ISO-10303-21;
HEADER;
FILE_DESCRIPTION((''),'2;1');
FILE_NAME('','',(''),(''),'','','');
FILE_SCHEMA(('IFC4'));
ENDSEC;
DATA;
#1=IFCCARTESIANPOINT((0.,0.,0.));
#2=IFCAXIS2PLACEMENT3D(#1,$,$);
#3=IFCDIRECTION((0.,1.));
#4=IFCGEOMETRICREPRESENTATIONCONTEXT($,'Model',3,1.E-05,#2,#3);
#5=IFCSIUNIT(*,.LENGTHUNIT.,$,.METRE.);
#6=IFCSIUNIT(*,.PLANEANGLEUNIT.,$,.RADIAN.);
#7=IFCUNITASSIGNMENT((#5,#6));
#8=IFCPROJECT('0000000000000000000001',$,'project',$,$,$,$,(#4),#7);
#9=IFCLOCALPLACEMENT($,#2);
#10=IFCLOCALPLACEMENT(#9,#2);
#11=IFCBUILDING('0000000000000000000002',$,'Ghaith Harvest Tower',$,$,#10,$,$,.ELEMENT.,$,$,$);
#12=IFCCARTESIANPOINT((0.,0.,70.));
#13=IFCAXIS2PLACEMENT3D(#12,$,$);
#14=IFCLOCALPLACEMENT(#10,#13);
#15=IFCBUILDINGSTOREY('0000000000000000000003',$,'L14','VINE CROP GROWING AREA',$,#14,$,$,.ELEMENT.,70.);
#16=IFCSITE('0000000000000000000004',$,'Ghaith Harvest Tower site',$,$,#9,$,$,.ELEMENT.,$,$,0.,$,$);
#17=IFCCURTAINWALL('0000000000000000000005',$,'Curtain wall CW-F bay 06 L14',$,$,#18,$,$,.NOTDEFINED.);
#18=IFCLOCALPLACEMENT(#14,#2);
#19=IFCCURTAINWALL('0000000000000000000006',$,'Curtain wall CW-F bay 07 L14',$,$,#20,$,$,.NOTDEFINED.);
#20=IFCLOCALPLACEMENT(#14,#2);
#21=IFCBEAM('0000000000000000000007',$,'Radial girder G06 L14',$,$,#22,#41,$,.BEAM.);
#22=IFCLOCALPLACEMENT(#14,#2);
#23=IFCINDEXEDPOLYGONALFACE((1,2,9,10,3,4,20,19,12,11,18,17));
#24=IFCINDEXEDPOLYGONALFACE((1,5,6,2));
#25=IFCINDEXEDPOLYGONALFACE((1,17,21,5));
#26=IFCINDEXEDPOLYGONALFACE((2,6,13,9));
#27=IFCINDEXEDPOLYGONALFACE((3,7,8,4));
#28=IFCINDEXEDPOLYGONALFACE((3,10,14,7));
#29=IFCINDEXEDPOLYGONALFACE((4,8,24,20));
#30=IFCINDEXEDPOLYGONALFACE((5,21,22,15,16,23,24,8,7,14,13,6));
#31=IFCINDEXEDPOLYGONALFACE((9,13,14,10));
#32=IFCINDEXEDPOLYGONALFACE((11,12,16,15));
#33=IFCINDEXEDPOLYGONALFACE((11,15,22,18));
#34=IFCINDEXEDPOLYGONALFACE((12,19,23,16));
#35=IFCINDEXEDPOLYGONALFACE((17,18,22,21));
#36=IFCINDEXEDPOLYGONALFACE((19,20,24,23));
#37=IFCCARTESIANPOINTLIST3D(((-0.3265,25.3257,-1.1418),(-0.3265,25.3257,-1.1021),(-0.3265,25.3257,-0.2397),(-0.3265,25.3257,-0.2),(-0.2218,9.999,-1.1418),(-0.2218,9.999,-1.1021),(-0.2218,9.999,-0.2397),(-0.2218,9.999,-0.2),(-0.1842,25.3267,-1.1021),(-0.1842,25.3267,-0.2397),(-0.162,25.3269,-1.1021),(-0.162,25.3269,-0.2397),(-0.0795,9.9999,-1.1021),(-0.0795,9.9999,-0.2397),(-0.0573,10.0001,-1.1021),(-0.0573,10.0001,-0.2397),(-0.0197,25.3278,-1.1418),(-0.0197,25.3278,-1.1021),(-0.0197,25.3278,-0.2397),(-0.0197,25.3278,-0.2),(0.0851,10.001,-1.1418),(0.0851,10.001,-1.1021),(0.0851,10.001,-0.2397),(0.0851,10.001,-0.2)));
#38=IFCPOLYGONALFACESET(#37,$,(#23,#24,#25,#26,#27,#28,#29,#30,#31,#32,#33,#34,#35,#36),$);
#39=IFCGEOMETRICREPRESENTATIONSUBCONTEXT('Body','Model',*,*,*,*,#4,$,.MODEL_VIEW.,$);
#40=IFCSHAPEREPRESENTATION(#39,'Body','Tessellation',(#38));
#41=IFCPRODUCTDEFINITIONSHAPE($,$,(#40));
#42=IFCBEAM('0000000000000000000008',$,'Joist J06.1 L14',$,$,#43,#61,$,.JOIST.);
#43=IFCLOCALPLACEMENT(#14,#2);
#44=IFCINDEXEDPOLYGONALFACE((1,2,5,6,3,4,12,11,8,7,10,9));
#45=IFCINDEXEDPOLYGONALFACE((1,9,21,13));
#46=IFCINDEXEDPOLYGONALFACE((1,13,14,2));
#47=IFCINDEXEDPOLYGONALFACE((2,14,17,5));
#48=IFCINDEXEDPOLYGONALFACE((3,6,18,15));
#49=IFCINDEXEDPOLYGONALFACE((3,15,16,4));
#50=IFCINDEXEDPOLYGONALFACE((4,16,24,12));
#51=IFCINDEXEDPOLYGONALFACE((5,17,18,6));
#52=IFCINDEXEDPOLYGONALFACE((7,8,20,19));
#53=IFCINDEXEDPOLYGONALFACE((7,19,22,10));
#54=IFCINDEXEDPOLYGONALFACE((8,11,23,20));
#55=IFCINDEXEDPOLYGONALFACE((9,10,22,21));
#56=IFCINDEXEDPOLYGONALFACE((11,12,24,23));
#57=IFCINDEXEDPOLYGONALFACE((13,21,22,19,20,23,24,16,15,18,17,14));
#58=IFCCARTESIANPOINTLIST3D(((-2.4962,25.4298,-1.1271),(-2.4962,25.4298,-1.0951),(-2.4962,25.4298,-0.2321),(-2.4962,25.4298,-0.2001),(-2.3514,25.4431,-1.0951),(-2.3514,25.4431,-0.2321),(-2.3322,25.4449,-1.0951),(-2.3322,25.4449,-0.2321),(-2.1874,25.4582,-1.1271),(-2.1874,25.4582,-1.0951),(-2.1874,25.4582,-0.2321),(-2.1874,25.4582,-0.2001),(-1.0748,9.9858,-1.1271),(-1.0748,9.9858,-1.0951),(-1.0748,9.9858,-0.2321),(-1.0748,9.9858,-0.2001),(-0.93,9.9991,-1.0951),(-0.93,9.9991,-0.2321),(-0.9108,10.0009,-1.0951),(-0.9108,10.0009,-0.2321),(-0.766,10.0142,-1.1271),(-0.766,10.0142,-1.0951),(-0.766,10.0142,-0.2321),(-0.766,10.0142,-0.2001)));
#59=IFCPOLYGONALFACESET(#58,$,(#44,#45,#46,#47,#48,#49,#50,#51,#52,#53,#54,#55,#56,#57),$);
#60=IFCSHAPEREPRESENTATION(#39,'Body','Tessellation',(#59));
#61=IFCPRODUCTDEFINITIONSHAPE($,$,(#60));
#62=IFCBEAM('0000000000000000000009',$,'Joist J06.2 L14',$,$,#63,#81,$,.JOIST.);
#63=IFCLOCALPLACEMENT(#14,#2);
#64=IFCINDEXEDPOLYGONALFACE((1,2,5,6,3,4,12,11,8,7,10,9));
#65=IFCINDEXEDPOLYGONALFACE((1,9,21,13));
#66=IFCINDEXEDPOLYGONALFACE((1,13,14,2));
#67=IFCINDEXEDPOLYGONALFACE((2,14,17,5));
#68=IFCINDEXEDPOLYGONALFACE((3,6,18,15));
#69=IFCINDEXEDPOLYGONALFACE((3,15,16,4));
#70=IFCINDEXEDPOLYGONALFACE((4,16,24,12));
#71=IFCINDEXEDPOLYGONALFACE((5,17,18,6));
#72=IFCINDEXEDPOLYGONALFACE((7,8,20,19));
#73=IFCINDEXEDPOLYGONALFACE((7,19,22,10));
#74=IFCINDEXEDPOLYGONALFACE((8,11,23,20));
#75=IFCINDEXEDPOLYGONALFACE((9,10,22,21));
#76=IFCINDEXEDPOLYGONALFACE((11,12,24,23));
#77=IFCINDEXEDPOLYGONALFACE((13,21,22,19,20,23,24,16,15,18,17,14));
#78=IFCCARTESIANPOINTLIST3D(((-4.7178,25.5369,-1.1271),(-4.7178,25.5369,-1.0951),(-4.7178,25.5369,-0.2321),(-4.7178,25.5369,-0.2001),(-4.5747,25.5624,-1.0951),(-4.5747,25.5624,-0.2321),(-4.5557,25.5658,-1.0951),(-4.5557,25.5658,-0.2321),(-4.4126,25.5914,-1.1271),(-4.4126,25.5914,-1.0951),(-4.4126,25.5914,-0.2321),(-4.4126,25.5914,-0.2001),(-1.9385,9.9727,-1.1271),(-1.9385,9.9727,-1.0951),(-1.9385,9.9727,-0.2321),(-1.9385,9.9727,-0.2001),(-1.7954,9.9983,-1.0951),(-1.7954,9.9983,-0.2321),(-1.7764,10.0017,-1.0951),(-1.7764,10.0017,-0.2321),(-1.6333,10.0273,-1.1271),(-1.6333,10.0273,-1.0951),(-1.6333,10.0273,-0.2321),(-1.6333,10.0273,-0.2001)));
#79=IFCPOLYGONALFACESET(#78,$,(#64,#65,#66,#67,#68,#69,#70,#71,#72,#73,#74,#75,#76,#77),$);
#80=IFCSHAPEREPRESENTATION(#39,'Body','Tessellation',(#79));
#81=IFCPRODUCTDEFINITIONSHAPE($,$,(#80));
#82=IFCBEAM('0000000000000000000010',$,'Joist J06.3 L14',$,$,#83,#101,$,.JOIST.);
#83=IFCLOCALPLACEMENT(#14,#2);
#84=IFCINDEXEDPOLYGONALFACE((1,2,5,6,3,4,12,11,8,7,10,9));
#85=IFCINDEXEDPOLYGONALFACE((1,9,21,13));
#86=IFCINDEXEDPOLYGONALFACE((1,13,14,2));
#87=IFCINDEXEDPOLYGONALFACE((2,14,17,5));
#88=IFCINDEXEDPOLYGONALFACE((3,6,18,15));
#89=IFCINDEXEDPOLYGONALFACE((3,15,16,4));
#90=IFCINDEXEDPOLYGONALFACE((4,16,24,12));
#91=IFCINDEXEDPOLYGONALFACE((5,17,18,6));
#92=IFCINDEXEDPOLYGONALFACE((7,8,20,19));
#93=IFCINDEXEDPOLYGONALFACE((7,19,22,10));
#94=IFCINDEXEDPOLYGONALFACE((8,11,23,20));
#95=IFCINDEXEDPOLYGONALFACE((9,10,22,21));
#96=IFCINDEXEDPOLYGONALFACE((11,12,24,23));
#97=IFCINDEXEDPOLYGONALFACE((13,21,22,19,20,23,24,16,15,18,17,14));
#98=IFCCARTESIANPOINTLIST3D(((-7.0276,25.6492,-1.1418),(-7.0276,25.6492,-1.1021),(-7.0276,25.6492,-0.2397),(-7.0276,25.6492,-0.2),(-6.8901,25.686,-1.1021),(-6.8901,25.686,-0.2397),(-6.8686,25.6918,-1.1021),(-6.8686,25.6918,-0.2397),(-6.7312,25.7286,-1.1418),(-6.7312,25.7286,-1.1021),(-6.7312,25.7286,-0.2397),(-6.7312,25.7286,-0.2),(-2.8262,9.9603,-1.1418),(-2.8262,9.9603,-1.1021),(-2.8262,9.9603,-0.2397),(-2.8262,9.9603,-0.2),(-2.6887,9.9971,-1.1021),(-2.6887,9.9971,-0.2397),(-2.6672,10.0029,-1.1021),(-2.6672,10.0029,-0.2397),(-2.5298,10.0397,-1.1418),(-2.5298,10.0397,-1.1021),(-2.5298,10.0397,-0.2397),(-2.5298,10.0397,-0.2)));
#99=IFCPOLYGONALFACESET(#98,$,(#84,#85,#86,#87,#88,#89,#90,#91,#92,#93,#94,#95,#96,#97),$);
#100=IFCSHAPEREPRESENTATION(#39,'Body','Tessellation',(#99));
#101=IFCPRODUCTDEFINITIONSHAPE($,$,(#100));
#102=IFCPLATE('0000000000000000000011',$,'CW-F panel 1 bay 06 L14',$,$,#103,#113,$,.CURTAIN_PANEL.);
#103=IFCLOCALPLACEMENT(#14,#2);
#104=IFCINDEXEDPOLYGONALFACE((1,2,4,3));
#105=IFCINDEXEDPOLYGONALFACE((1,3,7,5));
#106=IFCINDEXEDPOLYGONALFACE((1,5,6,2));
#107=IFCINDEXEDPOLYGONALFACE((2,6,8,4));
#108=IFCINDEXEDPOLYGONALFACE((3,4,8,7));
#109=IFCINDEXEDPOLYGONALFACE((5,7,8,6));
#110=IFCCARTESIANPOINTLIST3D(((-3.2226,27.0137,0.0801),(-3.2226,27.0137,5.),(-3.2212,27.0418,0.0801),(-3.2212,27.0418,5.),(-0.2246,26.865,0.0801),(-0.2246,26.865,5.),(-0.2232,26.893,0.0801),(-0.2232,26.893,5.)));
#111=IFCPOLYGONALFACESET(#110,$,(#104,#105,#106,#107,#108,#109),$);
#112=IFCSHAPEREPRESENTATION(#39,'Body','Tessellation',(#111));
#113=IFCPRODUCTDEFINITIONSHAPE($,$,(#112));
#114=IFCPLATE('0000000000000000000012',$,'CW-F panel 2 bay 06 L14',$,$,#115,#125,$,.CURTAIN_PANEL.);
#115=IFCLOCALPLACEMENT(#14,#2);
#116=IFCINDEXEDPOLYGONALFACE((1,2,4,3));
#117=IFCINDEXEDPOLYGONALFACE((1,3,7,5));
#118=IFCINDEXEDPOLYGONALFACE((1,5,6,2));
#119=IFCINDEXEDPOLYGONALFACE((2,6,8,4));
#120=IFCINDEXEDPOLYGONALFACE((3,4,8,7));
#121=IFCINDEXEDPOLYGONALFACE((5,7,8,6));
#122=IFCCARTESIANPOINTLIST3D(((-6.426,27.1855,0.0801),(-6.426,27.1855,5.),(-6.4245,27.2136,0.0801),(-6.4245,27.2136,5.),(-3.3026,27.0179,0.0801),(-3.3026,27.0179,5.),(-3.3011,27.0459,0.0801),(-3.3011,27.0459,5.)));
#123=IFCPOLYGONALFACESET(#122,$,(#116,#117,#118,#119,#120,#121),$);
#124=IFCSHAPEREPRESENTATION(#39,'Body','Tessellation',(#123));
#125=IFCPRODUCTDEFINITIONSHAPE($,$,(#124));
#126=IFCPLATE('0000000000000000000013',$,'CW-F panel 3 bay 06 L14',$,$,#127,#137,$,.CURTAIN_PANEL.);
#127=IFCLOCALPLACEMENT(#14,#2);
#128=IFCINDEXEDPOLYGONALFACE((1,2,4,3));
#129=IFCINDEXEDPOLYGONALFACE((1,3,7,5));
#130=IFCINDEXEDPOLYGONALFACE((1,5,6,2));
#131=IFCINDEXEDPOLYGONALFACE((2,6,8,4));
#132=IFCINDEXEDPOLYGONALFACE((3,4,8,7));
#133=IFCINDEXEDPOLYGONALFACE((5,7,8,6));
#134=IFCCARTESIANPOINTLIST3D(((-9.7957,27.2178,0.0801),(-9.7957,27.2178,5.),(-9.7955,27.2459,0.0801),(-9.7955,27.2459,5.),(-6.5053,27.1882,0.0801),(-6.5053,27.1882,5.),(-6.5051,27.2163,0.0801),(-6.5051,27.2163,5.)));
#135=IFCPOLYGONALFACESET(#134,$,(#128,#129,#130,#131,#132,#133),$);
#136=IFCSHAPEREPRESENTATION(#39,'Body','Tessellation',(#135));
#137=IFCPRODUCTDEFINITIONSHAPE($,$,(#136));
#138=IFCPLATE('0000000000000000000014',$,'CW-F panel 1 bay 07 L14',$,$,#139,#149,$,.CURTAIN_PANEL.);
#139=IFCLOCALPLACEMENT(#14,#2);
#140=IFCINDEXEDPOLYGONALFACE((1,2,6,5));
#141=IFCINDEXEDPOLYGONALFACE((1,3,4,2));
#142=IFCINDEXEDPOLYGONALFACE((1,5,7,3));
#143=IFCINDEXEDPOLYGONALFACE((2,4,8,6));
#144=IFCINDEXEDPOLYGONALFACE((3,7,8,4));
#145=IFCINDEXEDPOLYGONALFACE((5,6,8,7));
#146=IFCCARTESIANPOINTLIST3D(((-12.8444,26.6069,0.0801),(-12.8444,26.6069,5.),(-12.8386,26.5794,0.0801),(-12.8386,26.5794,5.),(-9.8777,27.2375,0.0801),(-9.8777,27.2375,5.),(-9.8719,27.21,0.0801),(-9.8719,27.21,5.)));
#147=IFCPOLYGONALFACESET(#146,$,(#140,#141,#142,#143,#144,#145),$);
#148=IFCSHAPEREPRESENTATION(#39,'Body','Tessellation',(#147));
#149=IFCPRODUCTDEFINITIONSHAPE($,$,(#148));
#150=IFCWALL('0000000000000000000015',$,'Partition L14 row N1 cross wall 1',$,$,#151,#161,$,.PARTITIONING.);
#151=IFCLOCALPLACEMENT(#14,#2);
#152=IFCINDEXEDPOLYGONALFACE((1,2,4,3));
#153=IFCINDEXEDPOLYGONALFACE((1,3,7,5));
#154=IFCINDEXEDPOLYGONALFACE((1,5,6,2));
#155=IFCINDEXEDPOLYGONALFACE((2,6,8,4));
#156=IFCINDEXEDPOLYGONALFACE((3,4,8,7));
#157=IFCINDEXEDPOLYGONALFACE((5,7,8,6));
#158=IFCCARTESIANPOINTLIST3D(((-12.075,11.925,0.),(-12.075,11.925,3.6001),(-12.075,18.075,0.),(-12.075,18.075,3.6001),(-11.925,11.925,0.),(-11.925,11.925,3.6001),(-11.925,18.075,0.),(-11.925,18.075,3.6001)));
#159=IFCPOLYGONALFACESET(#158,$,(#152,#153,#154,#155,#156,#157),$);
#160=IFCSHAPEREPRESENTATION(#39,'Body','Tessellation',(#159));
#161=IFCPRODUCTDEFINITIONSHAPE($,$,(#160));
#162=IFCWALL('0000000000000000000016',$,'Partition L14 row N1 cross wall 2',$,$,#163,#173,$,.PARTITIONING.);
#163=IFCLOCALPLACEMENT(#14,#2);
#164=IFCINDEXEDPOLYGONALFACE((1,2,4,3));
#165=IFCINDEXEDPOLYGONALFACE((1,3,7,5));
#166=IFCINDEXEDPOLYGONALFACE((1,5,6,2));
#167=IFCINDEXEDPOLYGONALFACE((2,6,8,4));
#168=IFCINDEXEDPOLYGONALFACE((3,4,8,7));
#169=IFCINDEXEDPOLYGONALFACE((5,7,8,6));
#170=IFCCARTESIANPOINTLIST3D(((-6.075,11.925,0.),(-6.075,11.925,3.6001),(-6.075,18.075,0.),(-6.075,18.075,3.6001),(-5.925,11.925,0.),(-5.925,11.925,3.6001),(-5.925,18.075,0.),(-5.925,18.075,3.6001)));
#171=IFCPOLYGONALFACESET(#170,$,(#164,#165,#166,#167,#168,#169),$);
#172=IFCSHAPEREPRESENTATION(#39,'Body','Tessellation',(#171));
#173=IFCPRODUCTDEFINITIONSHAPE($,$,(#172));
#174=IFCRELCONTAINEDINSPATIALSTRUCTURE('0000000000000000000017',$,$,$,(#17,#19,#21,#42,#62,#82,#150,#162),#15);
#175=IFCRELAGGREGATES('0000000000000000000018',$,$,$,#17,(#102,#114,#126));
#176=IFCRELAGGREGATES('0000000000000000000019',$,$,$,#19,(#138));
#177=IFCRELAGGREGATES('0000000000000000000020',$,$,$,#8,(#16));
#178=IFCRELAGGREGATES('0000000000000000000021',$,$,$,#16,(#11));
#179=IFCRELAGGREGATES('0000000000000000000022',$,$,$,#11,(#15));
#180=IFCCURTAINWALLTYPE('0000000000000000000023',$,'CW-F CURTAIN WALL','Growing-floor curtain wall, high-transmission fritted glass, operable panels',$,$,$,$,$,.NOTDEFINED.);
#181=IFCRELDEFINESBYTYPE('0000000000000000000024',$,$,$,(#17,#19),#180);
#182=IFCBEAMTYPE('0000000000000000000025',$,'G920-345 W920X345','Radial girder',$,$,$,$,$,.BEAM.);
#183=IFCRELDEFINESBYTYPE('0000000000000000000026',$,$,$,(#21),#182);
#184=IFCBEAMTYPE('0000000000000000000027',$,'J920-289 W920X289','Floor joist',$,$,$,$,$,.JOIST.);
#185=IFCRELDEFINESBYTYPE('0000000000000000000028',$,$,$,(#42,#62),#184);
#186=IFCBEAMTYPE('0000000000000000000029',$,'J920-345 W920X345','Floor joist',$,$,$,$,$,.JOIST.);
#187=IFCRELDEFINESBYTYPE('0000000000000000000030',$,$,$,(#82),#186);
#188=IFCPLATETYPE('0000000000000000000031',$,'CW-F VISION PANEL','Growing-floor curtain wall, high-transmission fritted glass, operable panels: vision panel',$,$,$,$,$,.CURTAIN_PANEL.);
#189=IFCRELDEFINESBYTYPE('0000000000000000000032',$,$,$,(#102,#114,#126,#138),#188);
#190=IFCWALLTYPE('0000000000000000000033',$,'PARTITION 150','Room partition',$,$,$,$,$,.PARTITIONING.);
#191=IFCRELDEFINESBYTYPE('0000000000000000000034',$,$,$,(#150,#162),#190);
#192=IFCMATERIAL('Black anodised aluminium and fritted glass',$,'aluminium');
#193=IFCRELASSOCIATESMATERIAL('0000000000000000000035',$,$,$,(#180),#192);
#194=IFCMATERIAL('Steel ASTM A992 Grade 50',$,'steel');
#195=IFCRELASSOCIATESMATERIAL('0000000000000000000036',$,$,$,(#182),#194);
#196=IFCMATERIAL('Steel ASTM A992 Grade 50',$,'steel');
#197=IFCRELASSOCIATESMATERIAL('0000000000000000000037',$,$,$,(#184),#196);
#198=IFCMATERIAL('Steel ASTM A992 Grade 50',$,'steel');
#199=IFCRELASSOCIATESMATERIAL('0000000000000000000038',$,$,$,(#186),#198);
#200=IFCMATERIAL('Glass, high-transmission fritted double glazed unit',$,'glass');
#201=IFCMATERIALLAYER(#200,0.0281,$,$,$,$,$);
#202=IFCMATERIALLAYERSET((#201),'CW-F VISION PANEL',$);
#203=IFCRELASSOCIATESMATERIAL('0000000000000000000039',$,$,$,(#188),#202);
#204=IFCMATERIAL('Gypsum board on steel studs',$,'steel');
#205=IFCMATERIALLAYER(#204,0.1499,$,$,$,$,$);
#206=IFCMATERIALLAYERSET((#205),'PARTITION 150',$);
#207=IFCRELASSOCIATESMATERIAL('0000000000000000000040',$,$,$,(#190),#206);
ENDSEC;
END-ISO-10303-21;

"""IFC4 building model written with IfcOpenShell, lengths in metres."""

from ifc_helpers import new_model, si_unit, direction, frame, frame_2d, origin, origin_2d, place, context, subcontext, project, spatial, rectangle, i_section, extrude, material, layer, layer_set, material_profile, profile_set, type_object, element, aggregate, save


model = new_model("IFC4")

# Units and contexts
model_context = context("Model", 3, precision=1e-05, world=origin(), true_north=direction((0.0, 1.0)))
body_context = subcontext(model_context, "Body", "Model", "MODEL_VIEW")
ifc_project = project(units=[si_unit("LENGTHUNIT", "METRE"), si_unit("PLANEANGLEUNIT", "RADIAN")], contexts=[model_context])

# Site, building, storey
site_placement = place(None, origin())
site = spatial("IfcSite", under=ifc_project, at=site_placement, Name="Ghaith Harvest Tower site", CompositionType="ELEMENT", RefElevation=0.0)
building_placement = place(site_placement, origin())
building = spatial("IfcBuilding", under=site, at=building_placement, Name="Ghaith Harvest Tower", CompositionType="ELEMENT")
storey_placement = place(building_placement, frame((0.0, 0.0, 70.0)))
storey = spatial("IfcBuildingStorey", under=building, at=storey_placement, Name="L14", Description="VINE CROP GROWING AREA", CompositionType="ELEMENT", Elevation=70.0)

# Curtain wall
ifc_material_1 = material(Name="Black anodised aluminium and fritted glass", Category="aluminium")
curtain_wall_type = type_object("IfcCurtainWallType", Name="CW-F CURTAIN WALL", Description="Growing-floor curtain wall, high-transmission fritted glass, operable panels", PredefinedType="NOTDEFINED", material=ifc_material_1)
curtain_wall_1_placement = place(storey_placement, origin())
curtain_wall_1 = element("IfcCurtainWall", 1, at=curtain_wall_1_placement, inside=storey, type_object=curtain_wall_type, Name="Curtain wall CW-F bay 06 L14", PredefinedType="NOTDEFINED")

# Curtain wall
curtain_wall_2_placement = place(storey_placement, origin())
curtain_wall_2 = element("IfcCurtainWall", 2, at=curtain_wall_2_placement, inside=storey, type_object=curtain_wall_type, Name="Curtain wall CW-F bay 07 L14", PredefinedType="NOTDEFINED")

# Beams
ifc_material_2 = material(Name="Steel ASTM A992 Grade 50", Category="steel")
ifc_material_profile_1 = material_profile(ifc_material_2, i_section(OverallWidth=0.3069, OverallDepth=0.9419, WebThickness=0.0222, FlangeThickness=0.0398, at=origin_2d()), Name="W920X345")
ifc_profile_set_1 = profile_set([ifc_material_profile_1], Name="Steel ASTM A992 Grade 50")
beam_type_1 = type_object("IfcBeamType", Name="G920-345 W920X345", Description="Radial girder", PredefinedType="BEAM", material=ifc_profile_set_1)
beam_1_placement = place(storey_placement, frame((-0.0684, 10.0, -0.6709), z_axis=(-0.006833, 0.999977, 0.0), x_axis=(-0.999977, -0.006833, 0.0)))
element("IfcBeam", 3, at=beam_1_placement, inside=storey, type_object=beam_type_1, Name="Radial girder G06 L14", PredefinedType="BEAM", context=body_context, shape_type="SweptSolid", body=[
    extrude(i_section(OverallWidth=0.3069, OverallDepth=0.9419, WebThickness=0.0222, FlangeThickness=0.0398, at=origin_2d()), origin(), (0.0, 0.0, 1.0), 15.3271),
])
ifc_material_3 = material(Name="Steel ASTM A992 Grade 50", Category="steel")
ifc_material_profile_2 = material_profile(ifc_material_3, i_section(OverallWidth=0.3101, OverallDepth=0.927, WebThickness=0.0193, FlangeThickness=0.032, at=origin_2d()), Name="W920X289")
ifc_profile_set_2 = profile_set([ifc_material_profile_2], Name="Steel ASTM A992 Grade 50")
beam_type_2 = type_object("IfcBeamType", Name="J920-289 W920X289", Description="Floor joist", PredefinedType="JOIST", material=ifc_profile_set_2)
beam_2_placement = place(storey_placement, frame((-0.9204, 10.0, -0.6636), z_axis=(-0.091647, 0.995792, 0.0), x_axis=(-0.995792, -0.091647, 0.0)))
element("IfcBeam", 4, at=beam_2_placement, inside=storey, type_object=beam_type_2, Name="Joist J06.1 L14", PredefinedType="JOIST", context=body_context, shape_type="SweptSolid", body=[
    extrude(i_section(OverallWidth=0.3101, OverallDepth=0.927, WebThickness=0.0193, FlangeThickness=0.032, at=origin_2d()), origin(), (0.0, 0.0, 1.0), 15.5093),
])
beam_3_placement = place(storey_placement, frame((-1.7859, 10.0, -0.6636), z_axis=(-0.175789, 0.984428, 0.0), x_axis=(-0.984428, -0.175789, 0.0)))
element("IfcBeam", 5, at=beam_3_placement, inside=storey, type_object=beam_type_2, Name="Joist J06.2 L14", PredefinedType="JOIST", context=body_context, shape_type="SweptSolid", body=[
    extrude(i_section(OverallWidth=0.3101, OverallDepth=0.927, WebThickness=0.0193, FlangeThickness=0.032, at=origin_2d()), origin(), (0.0, 0.0, 1.0), 15.8103),
])
ifc_material_4 = material(Name="Steel ASTM A992 Grade 50", Category="steel")
ifc_material_profile_3 = material_profile(ifc_material_4, i_section(OverallWidth=0.3069, OverallDepth=0.9419, WebThickness=0.0222, FlangeThickness=0.0398, at=origin_2d()), Name="W920X345")
ifc_profile_set_3 = profile_set([ifc_material_profile_3], Name="Steel ASTM A992 Grade 50")
beam_type_3 = type_object("IfcBeamType", Name="J920-345 W920X345", Description="Floor joist", PredefinedType="JOIST", material=ifc_profile_set_3)
beam_4_placement = place(storey_placement, frame((-2.678, 10.0, -0.6709), z_axis=(-0.258679, 0.965963, 0.0), x_axis=(-0.965963, -0.258679, 0.0)))
element("IfcBeam", 6, at=beam_4_placement, inside=storey, type_object=beam_type_3, Name="Joist J06.3 L14", PredefinedType="JOIST", context=body_context, shape_type="SweptSolid", body=[
    extrude(i_section(OverallWidth=0.3069, OverallDepth=0.9419, WebThickness=0.0222, FlangeThickness=0.0398, at=origin_2d()), origin(), (0.0, 0.0, 1.0), 16.2417),
])

# Plates
ifc_material_5 = material(Name="Glass, high-transmission fritted double glazed unit", Category="glass")
ifc_layer_1 = layer(ifc_material_5, 0.0281)
ifc_layer_set_1 = layer_set([ifc_layer_1], Name="CW-F VISION PANEL")
plate_type = type_object("IfcPlateType", Name="CW-F VISION PANEL", Description="Growing-floor curtain wall, high-transmission fritted glass, operable panels: vision panel", PredefinedType="CURTAIN_PANEL", material=ifc_layer_set_1)
plate_1_placement = place(storey_placement, frame((-1.7229, 26.9534, 0.0801), z_axis=(0.0, 0.0, 1.0), x_axis=(-0.998771, 0.049554, 0.0)))
plate_1 = element("IfcPlate", 7, at=plate_1_placement, type_object=plate_type, Name="CW-F panel 1 bay 06 L14", PredefinedType="CURTAIN_PANEL", context=body_context, shape_type="SweptSolid", body=[
    extrude(rectangle(XDim=3.0017, YDim=0.0281, at=origin_2d()), origin(), (0.0, 0.0, 1.0), 4.9199),
])
plate_2_placement = place(storey_placement, frame((-4.8635, 27.1157, 0.0801), z_axis=(0.0, 0.0, 1.0), x_axis=(-0.998563, 0.0536, 0.0)))
plate_2 = element("IfcPlate", 8, at=plate_2_placement, type_object=plate_type, Name="CW-F panel 2 bay 06 L14", PredefinedType="CURTAIN_PANEL", context=body_context, shape_type="SweptSolid", body=[
    extrude(rectangle(XDim=3.1279, YDim=0.0281, at=origin_2d()), origin(), (0.0, 0.0, 1.0), 4.9199),
])
plate_3_placement = place(storey_placement, frame((-8.1504, 27.217, 0.0801), z_axis=(0.0, 0.0, 1.0), x_axis=(-0.99996, 0.008988, 0.0)))
plate_3 = element("IfcPlate", 9, at=plate_3_placement, type_object=plate_type, Name="CW-F panel 3 bay 06 L14", PredefinedType="CURTAIN_PANEL", context=body_context, shape_type="SweptSolid", body=[
    extrude(rectangle(XDim=3.2905, YDim=0.0281, at=origin_2d()), origin(), (0.0, 0.0, 1.0), 4.9199),
])
aggregate(curtain_wall_1, [plate_1, plate_2, plate_3])
plate_4_placement = place(storey_placement, frame((-11.3582, 26.9084, 0.0801), z_axis=(0.0, 0.0, 1.0), x_axis=(-0.978149, -0.207904, 0.0)))
plate_4 = element("IfcPlate", 10, at=plate_4_placement, type_object=plate_type, Name="CW-F panel 1 bay 07 L14", PredefinedType="CURTAIN_PANEL", context=body_context, shape_type="SweptSolid", body=[
    extrude(rectangle(XDim=3.033, YDim=0.0281, at=origin_2d()), origin(), (0.0, 0.0, 1.0), 4.9199),
])
aggregate(curtain_wall_2, [plate_4])

# Walls
ifc_material_6 = material(Name="Gypsum board on steel studs", Category="steel")
ifc_layer_2 = layer(ifc_material_6, 0.1499)
ifc_layer_set_2 = layer_set([ifc_layer_2], Name="PARTITION 150")
wall_type = type_object("IfcWallType", Name="PARTITION 150", Description="Room partition", PredefinedType="PARTITIONING", material=ifc_layer_set_2)
for number, where, z_axis, x_axis, name in (
    (11, (-12.0, 11.925, 0.0), (0.0, 0.0, 1.0), (0.0, 1.0, 0.0), "Partition L14 row N1 cross wall 1"),
    (12, (-6.0, 11.925, 0.0), (0.0, 0.0, 1.0), (0.0, 1.0, 0.0), "Partition L14 row N1 cross wall 2"),
):
    element("IfcWall", number, at=place(storey_placement, frame(where, z_axis=z_axis, x_axis=x_axis)), inside=storey, type_object=wall_type, Name=name, PredefinedType="PARTITIONING", context=body_context, shape_type="SweptSolid", body=[
        extrude(rectangle(XDim=6.1499, YDim=0.1499, at=frame_2d((3.075, 0.0))), origin(), (0.0, 0.0, 1.0), 3.6001),
    ])

save(model, "model.ifc")
